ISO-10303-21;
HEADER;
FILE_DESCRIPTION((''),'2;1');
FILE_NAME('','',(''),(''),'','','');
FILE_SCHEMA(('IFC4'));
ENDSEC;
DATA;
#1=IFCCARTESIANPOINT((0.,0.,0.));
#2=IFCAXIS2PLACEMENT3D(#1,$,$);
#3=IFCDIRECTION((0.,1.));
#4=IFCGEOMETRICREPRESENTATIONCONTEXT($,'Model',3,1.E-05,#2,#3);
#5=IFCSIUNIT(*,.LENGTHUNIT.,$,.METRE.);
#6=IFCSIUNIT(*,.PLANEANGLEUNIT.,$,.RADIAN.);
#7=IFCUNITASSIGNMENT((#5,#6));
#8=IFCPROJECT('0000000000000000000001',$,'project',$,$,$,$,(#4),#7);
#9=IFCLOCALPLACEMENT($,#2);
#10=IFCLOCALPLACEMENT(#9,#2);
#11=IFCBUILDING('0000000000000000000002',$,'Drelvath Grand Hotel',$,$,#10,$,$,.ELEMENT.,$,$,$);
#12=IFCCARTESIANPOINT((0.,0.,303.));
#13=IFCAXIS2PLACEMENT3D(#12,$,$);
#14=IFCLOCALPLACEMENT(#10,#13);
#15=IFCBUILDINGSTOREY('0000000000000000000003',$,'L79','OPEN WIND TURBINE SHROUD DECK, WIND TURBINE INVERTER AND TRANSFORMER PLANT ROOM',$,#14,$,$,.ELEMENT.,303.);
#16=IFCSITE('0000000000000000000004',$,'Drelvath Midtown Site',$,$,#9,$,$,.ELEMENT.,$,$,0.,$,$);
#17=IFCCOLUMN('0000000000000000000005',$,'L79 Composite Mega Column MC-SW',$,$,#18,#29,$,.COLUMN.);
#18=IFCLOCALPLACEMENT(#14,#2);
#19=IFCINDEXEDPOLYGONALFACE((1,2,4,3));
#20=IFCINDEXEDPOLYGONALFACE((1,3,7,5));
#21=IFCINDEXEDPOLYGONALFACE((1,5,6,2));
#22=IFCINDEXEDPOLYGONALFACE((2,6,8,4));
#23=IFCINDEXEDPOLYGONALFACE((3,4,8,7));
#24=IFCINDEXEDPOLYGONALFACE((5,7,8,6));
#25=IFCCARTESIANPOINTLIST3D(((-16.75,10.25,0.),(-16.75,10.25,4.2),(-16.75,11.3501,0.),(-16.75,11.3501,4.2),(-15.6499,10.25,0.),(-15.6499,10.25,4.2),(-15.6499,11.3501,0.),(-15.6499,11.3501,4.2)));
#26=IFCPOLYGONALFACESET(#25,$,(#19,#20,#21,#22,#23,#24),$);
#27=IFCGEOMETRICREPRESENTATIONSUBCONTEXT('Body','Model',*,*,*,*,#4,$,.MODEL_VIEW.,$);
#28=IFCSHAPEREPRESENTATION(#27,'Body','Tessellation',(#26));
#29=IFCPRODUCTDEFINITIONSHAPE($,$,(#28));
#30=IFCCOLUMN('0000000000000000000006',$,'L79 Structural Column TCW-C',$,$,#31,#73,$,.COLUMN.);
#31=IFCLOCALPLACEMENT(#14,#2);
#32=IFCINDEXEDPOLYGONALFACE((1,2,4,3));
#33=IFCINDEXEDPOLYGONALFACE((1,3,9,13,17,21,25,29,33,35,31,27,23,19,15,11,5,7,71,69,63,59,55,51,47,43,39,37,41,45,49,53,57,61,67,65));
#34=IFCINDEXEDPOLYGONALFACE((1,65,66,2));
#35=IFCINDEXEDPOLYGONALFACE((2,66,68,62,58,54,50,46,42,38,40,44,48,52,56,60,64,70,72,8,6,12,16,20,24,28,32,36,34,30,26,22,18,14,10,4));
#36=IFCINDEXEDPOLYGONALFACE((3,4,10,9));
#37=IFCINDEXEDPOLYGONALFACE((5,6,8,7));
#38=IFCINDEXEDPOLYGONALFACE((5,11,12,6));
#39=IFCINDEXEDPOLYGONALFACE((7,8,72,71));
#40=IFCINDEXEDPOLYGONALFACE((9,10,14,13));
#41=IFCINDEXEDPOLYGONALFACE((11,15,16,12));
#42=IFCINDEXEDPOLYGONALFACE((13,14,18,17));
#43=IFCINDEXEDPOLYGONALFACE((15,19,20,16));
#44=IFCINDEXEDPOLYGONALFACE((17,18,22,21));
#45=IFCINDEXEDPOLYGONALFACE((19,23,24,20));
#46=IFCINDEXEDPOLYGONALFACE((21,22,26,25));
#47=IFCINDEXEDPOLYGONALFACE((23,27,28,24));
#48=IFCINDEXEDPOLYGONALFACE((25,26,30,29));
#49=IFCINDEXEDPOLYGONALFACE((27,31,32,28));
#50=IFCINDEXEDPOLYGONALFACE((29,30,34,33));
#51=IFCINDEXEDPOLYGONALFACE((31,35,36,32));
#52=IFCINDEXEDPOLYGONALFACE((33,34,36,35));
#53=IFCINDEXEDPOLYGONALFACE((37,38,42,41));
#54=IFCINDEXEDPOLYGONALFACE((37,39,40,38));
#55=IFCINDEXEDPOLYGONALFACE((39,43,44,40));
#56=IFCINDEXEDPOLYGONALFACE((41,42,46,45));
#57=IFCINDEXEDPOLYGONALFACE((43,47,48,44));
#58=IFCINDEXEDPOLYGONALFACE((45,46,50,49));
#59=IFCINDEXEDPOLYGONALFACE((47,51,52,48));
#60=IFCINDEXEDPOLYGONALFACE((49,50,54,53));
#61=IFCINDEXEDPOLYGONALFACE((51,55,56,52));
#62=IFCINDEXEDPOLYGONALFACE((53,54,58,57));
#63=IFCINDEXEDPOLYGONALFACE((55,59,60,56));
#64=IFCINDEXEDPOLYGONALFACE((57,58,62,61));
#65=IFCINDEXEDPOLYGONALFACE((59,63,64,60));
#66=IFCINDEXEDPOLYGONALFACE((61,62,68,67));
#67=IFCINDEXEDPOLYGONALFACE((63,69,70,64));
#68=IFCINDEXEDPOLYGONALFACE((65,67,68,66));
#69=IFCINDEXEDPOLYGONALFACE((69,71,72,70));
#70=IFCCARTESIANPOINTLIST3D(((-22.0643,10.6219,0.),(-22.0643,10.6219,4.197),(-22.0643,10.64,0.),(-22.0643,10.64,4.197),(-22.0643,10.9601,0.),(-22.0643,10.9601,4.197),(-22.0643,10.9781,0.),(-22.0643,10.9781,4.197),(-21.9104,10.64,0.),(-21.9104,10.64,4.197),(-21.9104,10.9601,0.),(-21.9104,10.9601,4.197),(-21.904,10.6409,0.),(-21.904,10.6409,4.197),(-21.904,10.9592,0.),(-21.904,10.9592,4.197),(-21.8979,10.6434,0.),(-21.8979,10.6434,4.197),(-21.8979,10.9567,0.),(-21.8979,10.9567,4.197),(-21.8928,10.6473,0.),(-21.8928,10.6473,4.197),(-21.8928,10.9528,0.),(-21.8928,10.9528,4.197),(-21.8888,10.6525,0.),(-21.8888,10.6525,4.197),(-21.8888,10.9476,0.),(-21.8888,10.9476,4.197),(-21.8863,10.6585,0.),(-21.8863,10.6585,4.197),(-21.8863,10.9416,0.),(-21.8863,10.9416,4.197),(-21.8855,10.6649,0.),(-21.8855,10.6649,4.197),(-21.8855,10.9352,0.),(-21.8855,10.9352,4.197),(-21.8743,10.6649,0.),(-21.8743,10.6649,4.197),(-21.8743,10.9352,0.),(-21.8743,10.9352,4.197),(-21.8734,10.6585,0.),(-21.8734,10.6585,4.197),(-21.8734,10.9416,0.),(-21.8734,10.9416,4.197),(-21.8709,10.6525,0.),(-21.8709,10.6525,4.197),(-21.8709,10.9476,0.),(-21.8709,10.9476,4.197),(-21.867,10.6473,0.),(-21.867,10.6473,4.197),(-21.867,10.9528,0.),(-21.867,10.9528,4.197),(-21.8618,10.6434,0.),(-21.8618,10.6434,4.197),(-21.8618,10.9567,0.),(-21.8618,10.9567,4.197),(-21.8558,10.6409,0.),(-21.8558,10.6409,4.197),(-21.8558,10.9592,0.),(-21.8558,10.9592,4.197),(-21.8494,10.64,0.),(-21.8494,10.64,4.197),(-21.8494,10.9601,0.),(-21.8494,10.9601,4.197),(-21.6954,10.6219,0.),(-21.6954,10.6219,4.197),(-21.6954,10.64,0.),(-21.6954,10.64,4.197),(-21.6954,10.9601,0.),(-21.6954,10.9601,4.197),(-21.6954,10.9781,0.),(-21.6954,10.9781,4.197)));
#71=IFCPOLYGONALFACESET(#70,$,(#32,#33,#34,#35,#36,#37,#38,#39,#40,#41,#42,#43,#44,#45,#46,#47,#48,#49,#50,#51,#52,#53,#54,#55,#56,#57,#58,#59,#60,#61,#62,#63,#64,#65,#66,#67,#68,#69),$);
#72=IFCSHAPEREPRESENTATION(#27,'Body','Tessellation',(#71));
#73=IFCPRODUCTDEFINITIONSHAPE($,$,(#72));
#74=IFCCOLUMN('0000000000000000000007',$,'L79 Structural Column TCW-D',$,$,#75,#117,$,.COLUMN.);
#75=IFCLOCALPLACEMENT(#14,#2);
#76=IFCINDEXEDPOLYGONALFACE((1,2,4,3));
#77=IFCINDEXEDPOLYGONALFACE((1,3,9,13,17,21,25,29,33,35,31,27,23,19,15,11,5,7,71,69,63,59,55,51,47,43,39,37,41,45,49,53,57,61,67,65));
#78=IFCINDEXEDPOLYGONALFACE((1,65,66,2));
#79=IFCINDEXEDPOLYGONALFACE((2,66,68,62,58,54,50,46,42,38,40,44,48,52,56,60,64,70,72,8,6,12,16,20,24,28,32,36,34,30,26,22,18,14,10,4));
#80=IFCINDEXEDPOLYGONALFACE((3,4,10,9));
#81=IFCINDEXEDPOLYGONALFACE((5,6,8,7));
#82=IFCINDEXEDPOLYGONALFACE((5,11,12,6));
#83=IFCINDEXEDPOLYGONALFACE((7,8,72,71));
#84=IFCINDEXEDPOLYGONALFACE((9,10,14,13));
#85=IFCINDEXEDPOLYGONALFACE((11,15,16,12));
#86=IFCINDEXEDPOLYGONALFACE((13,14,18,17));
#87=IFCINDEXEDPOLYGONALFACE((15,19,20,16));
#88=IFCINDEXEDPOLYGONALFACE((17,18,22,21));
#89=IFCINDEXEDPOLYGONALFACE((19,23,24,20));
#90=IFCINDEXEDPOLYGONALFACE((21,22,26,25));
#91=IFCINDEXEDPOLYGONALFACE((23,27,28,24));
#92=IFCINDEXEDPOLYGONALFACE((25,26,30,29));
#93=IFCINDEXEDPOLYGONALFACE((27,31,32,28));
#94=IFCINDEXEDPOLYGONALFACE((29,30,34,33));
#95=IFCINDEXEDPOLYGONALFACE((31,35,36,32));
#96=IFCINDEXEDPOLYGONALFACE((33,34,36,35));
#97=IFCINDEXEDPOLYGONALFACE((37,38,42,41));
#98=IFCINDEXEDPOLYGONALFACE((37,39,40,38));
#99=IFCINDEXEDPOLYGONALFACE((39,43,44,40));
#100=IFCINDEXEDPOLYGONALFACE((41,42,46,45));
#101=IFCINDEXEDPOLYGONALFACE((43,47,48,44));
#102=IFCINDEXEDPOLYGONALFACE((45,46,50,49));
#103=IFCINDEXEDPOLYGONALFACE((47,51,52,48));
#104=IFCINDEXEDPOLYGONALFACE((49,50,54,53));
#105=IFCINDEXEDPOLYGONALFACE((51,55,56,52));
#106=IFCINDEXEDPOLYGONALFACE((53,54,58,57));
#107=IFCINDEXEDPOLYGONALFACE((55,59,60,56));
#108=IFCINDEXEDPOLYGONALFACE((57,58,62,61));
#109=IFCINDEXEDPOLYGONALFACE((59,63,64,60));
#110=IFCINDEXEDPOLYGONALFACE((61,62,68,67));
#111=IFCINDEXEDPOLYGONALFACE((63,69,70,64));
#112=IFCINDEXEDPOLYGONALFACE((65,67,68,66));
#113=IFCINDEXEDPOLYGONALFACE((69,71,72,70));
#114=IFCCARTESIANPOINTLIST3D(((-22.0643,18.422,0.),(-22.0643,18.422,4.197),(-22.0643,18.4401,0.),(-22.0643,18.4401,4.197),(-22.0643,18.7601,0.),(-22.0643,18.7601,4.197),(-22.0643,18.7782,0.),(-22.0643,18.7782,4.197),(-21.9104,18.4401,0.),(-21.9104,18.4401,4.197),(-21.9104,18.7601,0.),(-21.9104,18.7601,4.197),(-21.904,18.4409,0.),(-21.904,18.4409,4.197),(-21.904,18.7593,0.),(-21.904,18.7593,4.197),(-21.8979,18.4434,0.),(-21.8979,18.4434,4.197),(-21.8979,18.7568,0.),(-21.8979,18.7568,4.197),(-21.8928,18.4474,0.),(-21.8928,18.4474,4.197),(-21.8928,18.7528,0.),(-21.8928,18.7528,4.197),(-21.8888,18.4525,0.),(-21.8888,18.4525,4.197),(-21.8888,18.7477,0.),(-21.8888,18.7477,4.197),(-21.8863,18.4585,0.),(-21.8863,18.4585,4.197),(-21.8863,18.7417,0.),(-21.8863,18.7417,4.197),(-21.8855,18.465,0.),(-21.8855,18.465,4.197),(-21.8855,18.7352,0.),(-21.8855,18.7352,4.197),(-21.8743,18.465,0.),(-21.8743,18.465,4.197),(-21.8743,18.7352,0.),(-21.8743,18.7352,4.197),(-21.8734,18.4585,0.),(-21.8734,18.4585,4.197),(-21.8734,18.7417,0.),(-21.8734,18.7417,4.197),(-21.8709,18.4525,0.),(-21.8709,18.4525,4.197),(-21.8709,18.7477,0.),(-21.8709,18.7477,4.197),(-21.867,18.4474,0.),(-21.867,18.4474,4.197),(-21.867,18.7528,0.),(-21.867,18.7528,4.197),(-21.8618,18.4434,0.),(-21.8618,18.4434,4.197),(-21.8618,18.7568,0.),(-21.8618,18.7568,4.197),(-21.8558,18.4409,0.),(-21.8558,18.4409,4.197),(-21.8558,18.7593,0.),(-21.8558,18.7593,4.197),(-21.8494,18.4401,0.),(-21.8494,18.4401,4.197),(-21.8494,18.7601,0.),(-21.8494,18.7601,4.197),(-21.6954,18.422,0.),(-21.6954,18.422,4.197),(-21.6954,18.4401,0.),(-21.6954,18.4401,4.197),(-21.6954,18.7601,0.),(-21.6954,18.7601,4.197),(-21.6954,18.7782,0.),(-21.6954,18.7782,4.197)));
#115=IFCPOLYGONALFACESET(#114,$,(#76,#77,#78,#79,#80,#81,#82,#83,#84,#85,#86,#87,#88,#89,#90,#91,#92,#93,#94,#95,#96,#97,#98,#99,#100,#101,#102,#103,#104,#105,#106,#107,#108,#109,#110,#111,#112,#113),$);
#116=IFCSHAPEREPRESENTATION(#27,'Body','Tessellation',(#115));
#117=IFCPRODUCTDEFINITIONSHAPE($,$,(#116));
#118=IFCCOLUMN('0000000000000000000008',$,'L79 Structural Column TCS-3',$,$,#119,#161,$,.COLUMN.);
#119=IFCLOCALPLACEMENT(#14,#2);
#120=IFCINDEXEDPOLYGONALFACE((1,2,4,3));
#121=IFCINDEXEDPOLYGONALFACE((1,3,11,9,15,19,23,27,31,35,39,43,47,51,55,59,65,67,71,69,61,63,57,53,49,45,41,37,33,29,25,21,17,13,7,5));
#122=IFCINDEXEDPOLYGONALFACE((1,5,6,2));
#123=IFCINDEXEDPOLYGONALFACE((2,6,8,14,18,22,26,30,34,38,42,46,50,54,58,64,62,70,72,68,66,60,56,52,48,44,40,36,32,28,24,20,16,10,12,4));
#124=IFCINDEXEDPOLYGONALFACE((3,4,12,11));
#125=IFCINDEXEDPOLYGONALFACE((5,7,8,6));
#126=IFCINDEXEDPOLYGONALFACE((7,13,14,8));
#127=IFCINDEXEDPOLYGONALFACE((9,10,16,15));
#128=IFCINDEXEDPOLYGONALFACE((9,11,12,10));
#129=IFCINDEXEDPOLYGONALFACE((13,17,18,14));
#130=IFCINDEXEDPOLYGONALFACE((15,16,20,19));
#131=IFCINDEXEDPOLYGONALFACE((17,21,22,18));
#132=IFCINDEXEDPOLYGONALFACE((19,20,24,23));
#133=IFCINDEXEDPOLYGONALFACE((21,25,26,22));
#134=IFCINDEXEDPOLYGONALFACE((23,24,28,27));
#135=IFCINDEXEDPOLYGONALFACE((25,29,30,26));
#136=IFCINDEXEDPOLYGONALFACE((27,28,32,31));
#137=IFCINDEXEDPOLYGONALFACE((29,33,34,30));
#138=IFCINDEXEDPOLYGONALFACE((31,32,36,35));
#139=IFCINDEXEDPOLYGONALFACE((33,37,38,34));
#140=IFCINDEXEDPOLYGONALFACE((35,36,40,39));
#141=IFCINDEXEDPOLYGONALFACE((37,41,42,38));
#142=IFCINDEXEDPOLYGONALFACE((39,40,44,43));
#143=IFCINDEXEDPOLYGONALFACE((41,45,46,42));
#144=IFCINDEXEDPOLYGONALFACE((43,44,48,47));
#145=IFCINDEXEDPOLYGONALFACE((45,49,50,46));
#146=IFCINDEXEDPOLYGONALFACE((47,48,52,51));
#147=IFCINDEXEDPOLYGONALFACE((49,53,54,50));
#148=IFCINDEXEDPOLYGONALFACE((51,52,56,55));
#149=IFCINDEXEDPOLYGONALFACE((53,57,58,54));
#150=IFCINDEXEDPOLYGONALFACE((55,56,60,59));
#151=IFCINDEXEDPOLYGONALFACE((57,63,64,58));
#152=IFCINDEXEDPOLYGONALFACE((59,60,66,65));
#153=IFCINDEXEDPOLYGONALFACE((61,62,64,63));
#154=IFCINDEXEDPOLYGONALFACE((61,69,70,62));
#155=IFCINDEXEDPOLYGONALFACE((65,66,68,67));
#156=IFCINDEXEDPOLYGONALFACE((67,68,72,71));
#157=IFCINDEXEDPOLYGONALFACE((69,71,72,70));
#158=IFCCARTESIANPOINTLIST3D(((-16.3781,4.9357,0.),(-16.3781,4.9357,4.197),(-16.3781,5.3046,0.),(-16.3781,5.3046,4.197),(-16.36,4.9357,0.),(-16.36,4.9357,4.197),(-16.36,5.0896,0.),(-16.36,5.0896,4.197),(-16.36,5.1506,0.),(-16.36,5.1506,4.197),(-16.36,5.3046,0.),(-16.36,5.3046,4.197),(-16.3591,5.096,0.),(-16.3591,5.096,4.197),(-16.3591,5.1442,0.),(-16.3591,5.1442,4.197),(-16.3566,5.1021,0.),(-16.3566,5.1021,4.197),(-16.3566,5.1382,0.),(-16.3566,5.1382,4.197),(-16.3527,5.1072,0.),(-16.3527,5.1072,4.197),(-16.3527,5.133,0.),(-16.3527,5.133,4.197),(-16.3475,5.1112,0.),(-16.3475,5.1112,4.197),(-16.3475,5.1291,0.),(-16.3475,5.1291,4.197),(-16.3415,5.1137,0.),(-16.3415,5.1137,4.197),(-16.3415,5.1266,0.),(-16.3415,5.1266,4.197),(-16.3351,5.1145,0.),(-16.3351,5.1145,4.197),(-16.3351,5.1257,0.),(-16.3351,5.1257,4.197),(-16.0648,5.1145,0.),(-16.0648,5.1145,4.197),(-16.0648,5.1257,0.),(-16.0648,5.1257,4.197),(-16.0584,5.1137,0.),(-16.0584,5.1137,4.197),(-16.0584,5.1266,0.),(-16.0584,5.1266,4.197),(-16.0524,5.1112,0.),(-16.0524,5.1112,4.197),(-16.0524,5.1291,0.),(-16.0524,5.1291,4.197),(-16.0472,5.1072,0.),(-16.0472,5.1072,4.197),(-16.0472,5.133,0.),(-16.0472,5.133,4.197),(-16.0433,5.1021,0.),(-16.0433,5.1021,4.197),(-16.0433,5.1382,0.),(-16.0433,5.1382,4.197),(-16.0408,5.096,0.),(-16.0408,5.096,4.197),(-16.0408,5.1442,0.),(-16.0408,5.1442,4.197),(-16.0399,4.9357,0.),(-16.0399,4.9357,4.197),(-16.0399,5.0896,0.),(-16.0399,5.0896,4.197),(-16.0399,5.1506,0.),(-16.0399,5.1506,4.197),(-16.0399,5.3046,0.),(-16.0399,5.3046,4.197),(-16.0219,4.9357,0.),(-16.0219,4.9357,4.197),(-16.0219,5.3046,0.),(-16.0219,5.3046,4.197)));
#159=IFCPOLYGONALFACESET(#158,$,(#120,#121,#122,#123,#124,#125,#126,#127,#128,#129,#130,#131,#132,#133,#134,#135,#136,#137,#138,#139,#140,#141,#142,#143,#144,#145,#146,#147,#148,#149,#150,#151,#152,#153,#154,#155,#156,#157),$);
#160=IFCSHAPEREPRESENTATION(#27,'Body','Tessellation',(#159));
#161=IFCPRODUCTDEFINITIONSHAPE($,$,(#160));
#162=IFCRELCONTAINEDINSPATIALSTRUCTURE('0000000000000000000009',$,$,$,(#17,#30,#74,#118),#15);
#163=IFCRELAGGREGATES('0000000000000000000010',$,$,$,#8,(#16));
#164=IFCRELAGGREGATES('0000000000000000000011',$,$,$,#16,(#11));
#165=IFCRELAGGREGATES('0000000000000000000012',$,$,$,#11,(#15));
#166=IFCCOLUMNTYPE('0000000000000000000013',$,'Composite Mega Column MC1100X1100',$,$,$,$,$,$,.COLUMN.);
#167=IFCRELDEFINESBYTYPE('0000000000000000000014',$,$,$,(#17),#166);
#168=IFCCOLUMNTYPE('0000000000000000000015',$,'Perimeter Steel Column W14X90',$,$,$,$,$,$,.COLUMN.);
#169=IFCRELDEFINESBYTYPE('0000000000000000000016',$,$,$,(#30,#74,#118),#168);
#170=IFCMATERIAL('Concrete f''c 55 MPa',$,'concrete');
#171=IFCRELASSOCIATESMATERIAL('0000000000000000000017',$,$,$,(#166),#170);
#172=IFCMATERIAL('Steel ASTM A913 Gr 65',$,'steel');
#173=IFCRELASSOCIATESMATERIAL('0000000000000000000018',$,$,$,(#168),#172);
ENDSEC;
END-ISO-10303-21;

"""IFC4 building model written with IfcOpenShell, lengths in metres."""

from ifc_helpers import new_model, si_unit, direction, frame, origin, origin_2d, place, context, subcontext, project, spatial, rectangle, i_section, extrude, material, material_profile, profile_set, type_object, element, save


model = new_model("IFC4")

# Units and contexts
model_context = context("Model", 3, precision=1e-05, world=origin(), true_north=direction((0.0, 1.0)))
body_context = subcontext(model_context, "Body", "Model", "MODEL_VIEW")
ifc_project = project(units=[si_unit("LENGTHUNIT", "METRE"), si_unit("PLANEANGLEUNIT", "RADIAN")], contexts=[model_context])

# Site, building, storey
site_placement = place(None, origin())
site = spatial("IfcSite", under=ifc_project, at=site_placement, Name="Drelvath Midtown Site", CompositionType="ELEMENT", RefElevation=0.0)
building_placement = place(site_placement, origin())
building = spatial("IfcBuilding", under=site, at=building_placement, Name="Drelvath Grand Hotel", CompositionType="ELEMENT")
storey_placement = place(building_placement, frame((0.0, 0.0, 303.0)))
storey = spatial("IfcBuildingStorey", under=building, at=storey_placement, Name="L79", Description="OPEN WIND TURBINE SHROUD DECK, WIND TURBINE INVERTER AND TRANSFORMER PLANT ROOM", CompositionType="ELEMENT", Elevation=303.0)

# Columns
ifc_material_1 = material(Name="Concrete f'c 55 MPa", Category="concrete")
ifc_material_profile_1 = material_profile(ifc_material_1, rectangle(XDim=1.1001, YDim=1.1001, at=origin_2d()), Name="MC1100X1100")
ifc_profile_set_1 = profile_set([ifc_material_profile_1], Name="Concrete f'c 55 MPa")
column_type_1 = type_object("IfcColumnType", Name="Composite Mega Column MC1100X1100", PredefinedType="COLUMN", material=ifc_profile_set_1)
column_placement = place(storey_placement, frame((-16.2, 10.8, 0.0), z_axis=(0.0, 0.0, 1.0), x_axis=(1.0, 0.0, 0.0)))
element("IfcColumn", 1, at=column_placement, inside=storey, type_object=column_type_1, Name="L79 Composite Mega Column MC-SW", PredefinedType="COLUMN", context=body_context, shape_type="SweptSolid", body=[
    extrude(rectangle(XDim=1.1001, YDim=1.1001, at=origin_2d()), origin(), (0.0, 0.0, 1.0), 4.2),
])
ifc_material_2 = material(Name="Steel ASTM A913 Gr 65", Category="steel")
ifc_material_profile_2 = material_profile(ifc_material_2, i_section(OverallWidth=0.3689, OverallDepth=0.3562, WebThickness=0.0112, FlangeThickness=0.0181, FilletRadius=0.0249, at=origin_2d()), Name="W14X90")
ifc_profile_set_2 = profile_set([ifc_material_profile_2], Name="Steel ASTM A913 Gr 65")
column_type_2 = type_object("IfcColumnType", Name="Perimeter Steel Column W14X90", PredefinedType="COLUMN", material=ifc_profile_set_2)
for number, where, z_axis, x_axis, name in (
    (2, (-21.8799, 10.8, 0.0), (0.0, 0.0, 1.0), (1.0, 0.0, 0.0), "L79 Structural Column TCW-C"),
    (3, (-21.8799, 18.6001, 0.0), (0.0, 0.0, 1.0), (1.0, 0.0, 0.0), "L79 Structural Column TCW-D"),
    (4, (-16.2, 5.1201, 0.0), (0.0, 0.0, 1.0), (0.0, 1.0, 0.0), "L79 Structural Column TCS-3"),
):
    element("IfcColumn", number, at=place(storey_placement, frame(where, z_axis=z_axis, x_axis=x_axis)), inside=storey, type_object=column_type_2, Name=name, PredefinedType="COLUMN", context=body_context, shape_type="SweptSolid", body=[
        extrude(i_section(OverallWidth=0.3689, OverallDepth=0.3562, WebThickness=0.0112, FlangeThickness=0.0181, FilletRadius=0.0249, at=origin_2d()), origin(), (0.0, 0.0, 1.0), 4.197),
    ])

save(model, "model.ifc")
